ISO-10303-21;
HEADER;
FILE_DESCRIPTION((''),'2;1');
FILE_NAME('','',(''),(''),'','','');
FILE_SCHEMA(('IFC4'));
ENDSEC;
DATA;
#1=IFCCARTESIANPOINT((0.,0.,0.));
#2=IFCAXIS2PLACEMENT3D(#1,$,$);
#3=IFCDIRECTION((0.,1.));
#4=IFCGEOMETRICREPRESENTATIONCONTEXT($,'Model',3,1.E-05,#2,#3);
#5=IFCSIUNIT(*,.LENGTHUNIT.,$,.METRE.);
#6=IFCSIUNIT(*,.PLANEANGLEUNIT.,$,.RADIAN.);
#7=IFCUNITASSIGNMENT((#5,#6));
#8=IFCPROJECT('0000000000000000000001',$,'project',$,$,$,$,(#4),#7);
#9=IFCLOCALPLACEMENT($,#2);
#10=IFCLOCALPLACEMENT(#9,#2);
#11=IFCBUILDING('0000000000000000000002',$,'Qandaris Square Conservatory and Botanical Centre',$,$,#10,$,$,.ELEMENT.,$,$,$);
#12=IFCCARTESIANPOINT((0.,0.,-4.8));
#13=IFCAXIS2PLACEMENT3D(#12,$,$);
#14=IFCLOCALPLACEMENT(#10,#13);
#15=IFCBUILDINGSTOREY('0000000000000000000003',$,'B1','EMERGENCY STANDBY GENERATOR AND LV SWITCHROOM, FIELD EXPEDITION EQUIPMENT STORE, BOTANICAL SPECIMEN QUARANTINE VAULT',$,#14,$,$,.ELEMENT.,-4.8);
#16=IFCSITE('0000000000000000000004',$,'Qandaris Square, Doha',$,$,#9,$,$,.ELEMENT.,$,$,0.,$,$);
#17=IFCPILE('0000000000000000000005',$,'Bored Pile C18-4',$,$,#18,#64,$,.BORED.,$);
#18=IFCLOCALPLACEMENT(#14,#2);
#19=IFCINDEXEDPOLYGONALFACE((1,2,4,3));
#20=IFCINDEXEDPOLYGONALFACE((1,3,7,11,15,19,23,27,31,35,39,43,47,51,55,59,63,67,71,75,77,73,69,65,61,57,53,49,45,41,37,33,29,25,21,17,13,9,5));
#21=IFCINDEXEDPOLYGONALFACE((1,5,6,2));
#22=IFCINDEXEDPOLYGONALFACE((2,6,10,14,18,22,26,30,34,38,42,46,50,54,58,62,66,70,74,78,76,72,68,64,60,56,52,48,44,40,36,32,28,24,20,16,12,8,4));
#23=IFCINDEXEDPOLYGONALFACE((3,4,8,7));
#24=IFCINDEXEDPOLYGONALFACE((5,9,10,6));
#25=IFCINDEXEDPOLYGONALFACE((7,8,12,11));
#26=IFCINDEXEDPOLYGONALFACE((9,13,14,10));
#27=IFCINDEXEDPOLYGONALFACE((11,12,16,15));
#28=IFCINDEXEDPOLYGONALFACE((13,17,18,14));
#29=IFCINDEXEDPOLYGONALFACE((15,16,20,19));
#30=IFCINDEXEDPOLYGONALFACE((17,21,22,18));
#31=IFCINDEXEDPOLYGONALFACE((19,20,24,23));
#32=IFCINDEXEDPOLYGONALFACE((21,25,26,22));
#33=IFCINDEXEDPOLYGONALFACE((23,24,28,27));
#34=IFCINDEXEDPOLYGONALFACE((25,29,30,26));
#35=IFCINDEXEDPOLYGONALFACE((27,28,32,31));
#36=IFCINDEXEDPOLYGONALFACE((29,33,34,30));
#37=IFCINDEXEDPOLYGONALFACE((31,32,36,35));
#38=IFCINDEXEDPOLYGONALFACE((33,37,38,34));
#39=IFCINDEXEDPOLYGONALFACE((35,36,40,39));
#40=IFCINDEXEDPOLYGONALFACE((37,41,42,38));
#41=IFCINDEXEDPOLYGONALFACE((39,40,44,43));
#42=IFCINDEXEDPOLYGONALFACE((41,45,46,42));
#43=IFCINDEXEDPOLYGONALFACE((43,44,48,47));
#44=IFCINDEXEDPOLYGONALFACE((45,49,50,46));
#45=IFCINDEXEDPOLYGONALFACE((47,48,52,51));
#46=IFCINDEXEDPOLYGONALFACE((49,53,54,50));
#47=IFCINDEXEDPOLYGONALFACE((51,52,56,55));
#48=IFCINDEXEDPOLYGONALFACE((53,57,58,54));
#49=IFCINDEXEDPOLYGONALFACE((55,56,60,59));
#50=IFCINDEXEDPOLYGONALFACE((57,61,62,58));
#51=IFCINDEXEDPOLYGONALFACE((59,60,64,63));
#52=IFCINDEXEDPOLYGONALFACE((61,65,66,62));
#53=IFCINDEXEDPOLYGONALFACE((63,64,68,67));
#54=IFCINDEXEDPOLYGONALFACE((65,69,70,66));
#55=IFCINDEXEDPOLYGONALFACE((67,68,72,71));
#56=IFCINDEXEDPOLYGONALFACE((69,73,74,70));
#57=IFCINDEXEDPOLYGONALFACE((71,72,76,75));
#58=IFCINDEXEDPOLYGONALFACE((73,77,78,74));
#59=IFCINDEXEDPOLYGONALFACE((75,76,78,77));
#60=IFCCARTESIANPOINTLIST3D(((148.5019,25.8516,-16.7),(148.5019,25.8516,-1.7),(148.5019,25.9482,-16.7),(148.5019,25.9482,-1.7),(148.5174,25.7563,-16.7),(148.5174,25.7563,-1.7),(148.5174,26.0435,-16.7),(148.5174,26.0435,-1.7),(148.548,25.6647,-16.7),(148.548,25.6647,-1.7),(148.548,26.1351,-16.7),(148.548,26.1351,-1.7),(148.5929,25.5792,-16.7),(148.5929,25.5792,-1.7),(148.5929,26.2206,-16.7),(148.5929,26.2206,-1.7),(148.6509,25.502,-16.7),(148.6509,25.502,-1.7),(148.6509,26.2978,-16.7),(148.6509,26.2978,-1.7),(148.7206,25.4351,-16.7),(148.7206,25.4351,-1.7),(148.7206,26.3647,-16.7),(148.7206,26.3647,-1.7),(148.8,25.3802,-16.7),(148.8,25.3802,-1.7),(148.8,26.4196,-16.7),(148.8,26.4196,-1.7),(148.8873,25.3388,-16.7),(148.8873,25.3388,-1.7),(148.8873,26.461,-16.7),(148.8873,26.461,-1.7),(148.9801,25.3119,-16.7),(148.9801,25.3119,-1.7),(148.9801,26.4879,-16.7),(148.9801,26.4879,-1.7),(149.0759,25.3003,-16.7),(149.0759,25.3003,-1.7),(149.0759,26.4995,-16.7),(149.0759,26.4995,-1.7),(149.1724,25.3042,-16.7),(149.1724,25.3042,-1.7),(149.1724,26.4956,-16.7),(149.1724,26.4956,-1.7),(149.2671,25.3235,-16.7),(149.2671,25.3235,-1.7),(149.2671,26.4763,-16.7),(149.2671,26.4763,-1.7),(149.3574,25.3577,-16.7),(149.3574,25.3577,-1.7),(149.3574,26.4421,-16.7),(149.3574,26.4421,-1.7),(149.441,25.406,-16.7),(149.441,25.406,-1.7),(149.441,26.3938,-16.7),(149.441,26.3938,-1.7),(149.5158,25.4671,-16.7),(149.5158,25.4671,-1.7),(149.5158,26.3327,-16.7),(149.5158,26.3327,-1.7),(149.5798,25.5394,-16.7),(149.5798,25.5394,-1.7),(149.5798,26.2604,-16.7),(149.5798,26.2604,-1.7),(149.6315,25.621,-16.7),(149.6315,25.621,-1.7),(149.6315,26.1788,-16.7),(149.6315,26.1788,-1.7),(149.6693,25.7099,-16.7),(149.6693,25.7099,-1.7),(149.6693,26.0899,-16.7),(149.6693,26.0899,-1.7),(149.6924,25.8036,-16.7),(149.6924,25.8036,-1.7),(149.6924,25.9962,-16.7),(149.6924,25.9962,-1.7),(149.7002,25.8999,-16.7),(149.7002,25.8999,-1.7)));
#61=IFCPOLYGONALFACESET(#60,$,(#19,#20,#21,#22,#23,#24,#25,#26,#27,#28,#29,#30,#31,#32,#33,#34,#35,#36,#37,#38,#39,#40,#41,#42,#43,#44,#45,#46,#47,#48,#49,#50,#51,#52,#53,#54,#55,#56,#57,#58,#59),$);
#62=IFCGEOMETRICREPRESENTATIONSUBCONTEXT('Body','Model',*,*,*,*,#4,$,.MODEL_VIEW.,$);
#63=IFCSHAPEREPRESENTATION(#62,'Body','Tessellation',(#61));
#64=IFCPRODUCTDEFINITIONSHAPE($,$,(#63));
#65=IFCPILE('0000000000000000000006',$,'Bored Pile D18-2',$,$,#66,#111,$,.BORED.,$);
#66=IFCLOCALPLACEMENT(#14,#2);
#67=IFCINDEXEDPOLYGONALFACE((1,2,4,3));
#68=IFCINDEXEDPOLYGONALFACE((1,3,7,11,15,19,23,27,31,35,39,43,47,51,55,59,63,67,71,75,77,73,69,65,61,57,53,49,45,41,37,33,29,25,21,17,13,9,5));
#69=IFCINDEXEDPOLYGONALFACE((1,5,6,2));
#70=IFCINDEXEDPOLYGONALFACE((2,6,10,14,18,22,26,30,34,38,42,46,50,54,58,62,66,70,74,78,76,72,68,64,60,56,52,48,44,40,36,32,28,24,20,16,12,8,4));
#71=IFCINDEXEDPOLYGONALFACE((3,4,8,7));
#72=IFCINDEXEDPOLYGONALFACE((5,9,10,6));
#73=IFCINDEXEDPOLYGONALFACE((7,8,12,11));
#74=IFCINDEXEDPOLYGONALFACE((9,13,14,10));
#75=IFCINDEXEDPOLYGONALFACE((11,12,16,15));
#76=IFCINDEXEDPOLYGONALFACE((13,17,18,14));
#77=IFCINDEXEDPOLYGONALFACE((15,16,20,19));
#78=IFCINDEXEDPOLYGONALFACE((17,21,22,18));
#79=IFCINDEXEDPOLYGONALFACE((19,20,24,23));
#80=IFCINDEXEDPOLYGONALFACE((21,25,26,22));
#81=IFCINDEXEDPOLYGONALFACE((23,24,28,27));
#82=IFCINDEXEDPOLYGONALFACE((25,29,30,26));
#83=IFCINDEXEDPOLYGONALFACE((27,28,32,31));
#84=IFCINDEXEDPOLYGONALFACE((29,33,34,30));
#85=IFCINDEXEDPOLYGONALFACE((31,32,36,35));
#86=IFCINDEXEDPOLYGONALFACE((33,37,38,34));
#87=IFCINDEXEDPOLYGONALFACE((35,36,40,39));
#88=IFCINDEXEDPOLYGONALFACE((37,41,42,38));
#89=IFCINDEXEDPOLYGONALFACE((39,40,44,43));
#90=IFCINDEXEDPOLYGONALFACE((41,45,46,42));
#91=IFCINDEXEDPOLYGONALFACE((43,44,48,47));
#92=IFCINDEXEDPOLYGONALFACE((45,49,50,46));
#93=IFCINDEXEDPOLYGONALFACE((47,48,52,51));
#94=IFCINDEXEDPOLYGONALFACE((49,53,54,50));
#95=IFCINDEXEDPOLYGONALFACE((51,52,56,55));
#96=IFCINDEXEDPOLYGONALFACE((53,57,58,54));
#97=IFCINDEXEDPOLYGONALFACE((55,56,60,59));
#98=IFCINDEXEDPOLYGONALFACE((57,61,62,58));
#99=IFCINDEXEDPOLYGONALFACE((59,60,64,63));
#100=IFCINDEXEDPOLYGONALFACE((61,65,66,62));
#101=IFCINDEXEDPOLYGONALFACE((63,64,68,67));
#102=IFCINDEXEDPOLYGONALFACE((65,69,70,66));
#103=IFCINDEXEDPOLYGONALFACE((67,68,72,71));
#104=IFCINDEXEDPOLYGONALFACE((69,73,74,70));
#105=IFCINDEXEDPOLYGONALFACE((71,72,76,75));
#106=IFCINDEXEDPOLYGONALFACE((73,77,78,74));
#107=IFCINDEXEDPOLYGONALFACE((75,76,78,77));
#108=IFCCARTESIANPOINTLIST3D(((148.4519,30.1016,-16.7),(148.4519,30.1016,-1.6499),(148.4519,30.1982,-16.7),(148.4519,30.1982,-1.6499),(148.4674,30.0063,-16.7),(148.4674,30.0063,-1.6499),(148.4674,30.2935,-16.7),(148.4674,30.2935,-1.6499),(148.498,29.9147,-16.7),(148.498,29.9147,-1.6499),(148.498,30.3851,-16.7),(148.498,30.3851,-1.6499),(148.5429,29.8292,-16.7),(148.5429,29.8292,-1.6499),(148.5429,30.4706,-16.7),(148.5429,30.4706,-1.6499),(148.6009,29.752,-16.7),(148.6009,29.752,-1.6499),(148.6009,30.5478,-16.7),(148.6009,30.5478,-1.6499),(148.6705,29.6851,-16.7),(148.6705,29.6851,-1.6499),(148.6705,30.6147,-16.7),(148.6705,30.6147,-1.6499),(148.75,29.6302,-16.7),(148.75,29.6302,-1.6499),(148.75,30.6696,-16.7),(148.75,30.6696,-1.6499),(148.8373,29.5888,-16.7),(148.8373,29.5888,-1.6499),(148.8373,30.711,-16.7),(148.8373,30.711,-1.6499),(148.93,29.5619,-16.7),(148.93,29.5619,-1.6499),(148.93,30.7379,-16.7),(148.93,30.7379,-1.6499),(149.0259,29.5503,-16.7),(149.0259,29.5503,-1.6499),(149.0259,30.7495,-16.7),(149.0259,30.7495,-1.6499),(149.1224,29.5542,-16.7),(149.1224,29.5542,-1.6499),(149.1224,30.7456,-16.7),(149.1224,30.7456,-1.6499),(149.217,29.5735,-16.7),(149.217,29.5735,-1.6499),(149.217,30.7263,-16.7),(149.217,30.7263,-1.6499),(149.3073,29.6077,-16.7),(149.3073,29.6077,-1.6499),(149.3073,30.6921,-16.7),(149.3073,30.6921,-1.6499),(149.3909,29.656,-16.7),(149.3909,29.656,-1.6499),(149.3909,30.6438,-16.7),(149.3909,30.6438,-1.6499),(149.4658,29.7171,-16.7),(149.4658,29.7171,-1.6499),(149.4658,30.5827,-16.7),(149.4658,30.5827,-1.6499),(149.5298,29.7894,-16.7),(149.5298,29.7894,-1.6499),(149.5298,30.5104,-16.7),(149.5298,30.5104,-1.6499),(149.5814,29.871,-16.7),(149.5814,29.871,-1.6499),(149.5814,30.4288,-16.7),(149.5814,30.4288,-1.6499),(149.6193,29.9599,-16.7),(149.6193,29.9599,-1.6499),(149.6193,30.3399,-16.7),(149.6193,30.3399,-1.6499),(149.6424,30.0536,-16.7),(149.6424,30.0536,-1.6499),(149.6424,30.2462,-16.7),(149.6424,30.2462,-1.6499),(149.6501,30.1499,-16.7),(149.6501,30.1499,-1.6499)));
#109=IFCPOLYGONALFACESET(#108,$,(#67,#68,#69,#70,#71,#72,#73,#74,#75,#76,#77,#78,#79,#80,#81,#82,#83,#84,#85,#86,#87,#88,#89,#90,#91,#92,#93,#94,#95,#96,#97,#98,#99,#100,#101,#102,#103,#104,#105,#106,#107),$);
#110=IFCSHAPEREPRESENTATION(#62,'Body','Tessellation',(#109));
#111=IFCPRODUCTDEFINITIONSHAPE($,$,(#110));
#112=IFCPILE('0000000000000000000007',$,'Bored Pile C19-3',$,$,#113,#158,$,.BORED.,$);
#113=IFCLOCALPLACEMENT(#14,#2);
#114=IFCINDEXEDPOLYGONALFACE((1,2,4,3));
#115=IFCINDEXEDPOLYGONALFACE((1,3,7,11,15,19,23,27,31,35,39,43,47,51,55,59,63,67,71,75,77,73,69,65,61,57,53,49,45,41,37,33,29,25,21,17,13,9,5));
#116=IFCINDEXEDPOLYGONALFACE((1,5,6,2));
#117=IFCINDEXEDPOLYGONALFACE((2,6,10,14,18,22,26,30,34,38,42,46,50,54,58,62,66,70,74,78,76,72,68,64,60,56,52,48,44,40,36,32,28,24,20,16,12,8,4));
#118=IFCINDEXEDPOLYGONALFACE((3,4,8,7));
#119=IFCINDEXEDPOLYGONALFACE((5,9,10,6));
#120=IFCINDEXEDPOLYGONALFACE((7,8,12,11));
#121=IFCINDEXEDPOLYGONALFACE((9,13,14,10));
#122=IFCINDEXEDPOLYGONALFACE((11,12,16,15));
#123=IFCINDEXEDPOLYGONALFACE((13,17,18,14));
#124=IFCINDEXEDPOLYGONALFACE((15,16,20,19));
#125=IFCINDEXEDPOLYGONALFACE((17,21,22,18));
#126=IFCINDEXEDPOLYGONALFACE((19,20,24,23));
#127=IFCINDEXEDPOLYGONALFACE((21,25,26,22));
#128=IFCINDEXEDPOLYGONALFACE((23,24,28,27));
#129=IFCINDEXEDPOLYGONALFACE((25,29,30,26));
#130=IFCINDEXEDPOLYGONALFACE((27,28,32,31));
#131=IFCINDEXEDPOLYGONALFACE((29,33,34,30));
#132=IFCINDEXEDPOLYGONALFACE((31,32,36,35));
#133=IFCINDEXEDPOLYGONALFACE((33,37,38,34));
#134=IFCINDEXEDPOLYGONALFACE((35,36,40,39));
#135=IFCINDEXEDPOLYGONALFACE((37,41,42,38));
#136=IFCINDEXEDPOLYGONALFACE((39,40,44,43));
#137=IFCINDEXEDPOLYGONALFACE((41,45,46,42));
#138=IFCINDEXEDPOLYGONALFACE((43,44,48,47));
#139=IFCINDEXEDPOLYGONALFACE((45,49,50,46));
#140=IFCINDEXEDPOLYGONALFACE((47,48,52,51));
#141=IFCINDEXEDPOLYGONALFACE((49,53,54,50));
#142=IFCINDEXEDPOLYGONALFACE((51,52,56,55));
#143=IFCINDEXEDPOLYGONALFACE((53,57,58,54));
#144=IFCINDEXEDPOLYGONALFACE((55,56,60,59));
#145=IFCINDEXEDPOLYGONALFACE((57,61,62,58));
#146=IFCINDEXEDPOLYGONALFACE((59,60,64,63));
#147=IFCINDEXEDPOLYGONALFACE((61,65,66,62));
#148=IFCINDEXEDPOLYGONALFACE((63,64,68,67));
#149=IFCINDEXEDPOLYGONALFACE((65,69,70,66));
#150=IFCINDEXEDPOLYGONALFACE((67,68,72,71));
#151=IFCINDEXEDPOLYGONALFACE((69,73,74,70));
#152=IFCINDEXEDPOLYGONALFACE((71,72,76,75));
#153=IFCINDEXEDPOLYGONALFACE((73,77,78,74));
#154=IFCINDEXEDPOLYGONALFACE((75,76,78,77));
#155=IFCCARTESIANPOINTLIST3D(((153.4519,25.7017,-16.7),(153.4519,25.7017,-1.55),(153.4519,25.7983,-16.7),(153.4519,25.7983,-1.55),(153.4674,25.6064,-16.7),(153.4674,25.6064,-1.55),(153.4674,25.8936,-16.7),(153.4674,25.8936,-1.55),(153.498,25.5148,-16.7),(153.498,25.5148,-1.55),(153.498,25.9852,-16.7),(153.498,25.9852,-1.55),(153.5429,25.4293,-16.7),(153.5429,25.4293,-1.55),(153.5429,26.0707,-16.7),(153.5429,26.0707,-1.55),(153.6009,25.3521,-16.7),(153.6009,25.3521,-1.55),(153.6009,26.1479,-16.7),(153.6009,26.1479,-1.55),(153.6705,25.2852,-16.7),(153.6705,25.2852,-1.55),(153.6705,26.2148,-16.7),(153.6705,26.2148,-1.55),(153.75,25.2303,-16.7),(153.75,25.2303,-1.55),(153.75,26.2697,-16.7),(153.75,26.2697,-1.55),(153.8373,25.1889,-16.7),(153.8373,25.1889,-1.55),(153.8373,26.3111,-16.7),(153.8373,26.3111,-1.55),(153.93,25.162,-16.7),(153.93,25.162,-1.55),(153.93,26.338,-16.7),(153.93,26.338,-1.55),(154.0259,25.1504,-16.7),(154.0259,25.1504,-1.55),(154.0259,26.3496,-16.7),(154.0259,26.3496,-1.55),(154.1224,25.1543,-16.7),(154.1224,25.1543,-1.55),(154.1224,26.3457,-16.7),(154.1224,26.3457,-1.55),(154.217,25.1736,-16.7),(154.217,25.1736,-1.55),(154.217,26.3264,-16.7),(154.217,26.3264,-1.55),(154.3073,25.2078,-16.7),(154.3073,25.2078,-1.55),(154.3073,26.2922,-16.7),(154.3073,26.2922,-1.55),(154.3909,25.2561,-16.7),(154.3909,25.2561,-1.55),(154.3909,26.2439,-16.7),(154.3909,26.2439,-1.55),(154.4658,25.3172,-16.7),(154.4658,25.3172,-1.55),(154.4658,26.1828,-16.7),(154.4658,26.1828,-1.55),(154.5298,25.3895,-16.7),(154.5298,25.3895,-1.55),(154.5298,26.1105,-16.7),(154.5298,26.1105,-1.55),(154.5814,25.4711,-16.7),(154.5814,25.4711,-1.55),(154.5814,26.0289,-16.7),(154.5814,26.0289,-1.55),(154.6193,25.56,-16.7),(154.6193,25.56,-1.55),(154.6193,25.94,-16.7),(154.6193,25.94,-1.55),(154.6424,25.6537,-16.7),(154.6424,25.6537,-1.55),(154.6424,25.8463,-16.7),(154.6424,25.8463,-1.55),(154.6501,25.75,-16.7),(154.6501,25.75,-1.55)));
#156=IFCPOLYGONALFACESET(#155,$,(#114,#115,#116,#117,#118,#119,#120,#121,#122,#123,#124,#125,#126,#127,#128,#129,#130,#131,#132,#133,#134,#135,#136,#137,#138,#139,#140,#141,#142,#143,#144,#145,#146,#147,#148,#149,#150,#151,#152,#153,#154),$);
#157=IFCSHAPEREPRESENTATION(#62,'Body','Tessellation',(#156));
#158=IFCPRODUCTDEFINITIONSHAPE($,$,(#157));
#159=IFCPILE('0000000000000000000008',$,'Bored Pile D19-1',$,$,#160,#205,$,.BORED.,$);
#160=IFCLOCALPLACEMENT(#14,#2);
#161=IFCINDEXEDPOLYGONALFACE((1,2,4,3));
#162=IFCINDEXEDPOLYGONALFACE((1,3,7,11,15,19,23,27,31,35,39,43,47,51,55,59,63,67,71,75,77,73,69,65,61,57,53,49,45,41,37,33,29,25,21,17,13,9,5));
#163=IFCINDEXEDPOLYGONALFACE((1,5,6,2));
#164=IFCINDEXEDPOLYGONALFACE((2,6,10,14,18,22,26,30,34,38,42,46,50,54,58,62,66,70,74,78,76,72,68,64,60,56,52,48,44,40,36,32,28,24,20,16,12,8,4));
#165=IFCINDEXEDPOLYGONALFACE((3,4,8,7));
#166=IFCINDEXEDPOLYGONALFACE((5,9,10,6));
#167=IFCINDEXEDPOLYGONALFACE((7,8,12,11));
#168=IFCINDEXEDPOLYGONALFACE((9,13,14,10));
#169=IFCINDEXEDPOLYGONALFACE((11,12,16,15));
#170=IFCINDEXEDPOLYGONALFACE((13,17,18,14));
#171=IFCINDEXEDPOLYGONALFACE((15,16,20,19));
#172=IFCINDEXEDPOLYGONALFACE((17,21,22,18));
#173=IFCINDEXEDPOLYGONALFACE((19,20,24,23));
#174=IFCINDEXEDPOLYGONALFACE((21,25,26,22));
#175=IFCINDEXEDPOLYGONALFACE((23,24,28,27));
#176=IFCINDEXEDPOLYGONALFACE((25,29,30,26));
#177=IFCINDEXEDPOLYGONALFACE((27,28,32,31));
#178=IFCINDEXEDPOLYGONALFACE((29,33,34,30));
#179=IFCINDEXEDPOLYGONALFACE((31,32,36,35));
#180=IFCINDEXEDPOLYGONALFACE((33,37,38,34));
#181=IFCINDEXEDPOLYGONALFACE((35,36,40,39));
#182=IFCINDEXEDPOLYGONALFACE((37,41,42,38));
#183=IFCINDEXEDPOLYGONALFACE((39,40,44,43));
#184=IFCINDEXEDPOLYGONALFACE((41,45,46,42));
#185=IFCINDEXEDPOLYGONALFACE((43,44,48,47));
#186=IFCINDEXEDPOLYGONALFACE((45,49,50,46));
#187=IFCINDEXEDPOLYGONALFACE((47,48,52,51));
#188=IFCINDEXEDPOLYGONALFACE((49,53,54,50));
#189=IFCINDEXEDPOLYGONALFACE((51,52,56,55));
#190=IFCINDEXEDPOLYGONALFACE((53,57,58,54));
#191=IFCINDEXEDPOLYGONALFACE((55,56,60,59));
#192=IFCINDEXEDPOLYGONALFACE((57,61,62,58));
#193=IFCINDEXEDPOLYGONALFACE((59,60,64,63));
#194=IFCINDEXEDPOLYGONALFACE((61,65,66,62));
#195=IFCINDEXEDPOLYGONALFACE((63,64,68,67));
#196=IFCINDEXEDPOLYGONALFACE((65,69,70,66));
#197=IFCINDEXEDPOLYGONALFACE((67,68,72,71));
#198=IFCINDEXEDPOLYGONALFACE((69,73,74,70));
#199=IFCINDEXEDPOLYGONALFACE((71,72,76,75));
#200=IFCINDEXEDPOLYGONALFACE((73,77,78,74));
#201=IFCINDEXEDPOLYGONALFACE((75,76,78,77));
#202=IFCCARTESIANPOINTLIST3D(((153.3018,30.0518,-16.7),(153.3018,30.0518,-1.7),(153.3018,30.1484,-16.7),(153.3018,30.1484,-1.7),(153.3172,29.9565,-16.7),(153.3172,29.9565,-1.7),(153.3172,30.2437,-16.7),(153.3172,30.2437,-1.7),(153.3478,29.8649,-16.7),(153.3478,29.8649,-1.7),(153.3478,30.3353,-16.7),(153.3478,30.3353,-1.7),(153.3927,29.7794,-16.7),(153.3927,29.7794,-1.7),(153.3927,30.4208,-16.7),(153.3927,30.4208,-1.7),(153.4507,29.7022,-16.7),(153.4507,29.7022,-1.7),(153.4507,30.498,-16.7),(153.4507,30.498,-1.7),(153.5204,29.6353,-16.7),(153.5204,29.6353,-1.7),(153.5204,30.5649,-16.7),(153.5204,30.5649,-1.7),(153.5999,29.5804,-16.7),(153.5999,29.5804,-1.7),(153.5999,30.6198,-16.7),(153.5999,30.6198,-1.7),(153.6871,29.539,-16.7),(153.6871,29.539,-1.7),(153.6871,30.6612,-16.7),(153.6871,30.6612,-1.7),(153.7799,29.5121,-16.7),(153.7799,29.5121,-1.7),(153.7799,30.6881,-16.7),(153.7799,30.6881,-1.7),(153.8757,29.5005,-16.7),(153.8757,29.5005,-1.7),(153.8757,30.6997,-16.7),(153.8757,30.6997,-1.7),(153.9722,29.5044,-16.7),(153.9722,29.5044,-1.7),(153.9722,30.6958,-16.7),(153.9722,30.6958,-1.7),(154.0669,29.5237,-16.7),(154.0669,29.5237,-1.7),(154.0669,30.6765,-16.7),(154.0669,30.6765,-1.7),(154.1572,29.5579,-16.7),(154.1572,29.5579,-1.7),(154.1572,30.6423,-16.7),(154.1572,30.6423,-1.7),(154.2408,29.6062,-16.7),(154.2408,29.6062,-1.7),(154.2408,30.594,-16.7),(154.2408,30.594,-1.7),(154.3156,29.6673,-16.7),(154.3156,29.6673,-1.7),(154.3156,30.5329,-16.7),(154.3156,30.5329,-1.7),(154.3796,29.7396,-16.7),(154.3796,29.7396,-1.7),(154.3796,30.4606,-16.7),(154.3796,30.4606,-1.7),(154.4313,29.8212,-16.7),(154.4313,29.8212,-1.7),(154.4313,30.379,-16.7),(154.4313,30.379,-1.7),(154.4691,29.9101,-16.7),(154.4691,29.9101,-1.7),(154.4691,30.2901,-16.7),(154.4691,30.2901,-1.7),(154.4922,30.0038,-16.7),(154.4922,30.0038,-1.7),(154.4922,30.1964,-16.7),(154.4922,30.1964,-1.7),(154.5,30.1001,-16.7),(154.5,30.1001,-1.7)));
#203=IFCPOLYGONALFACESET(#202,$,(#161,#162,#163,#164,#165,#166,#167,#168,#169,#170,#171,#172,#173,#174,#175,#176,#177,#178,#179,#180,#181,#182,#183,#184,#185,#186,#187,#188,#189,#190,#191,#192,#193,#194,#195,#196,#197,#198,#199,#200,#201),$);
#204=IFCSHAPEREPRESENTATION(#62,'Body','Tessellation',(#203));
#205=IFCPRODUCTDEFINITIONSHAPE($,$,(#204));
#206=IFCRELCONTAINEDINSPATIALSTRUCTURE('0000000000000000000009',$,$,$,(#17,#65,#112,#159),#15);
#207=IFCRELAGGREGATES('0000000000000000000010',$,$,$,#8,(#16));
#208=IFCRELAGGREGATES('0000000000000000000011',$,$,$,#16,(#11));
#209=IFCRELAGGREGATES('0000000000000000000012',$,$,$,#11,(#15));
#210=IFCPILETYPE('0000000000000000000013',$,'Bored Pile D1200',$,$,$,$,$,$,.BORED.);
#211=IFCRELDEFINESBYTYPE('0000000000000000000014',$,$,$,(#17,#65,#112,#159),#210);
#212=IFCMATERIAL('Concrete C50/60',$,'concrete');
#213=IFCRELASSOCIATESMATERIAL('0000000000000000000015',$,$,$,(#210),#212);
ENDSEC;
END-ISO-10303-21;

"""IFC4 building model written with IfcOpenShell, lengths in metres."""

from ifc_helpers import new_model, si_unit, direction, frame, origin, origin_2d, place, context, subcontext, project, spatial, circle, extrude, material, material_profile, profile_set, type_object, element, save


model = new_model("IFC4")

# Units and contexts
model_context = context("Model", 3, precision=1e-05, world=origin(), true_north=direction((0.0, 1.0)))
body_context = subcontext(model_context, "Body", "Model", "MODEL_VIEW")
ifc_project = project(units=[si_unit("LENGTHUNIT", "METRE"), si_unit("PLANEANGLEUNIT", "RADIAN")], contexts=[model_context])

# Site, building, storey
site_placement = place(None, origin())
site = spatial("IfcSite", under=ifc_project, at=site_placement, Name="Qandaris Square, Doha", CompositionType="ELEMENT", RefElevation=0.0)
building_placement = place(site_placement, origin())
building = spatial("IfcBuilding", under=site, at=building_placement, Name="Qandaris Square Conservatory and Botanical Centre", CompositionType="ELEMENT")
storey_placement = place(building_placement, frame((0.0, 0.0, -4.8)))
storey = spatial("IfcBuildingStorey", under=building, at=storey_placement, Name="B1", Description="EMERGENCY STANDBY GENERATOR AND LV SWITCHROOM, FIELD EXPEDITION EQUIPMENT STORE, BOTANICAL SPECIMEN QUARANTINE VAULT", CompositionType="ELEMENT", Elevation=-4.8)

# Piles
ifc_material_1 = material(Name="Concrete C50/60", Category="concrete")
ifc_material_profile_1 = material_profile(ifc_material_1, circle(Radius=0.6001, at=origin_2d()), Name="PILE D1200")
ifc_profile_set_1 = profile_set([ifc_material_profile_1], Name="Concrete C50/60")
pile_type = type_object("IfcPileType", Name="Bored Pile D1200", PredefinedType="BORED", material=ifc_profile_set_1)
pile_1_placement = place(storey_placement, frame((149.1001, 25.8999, -1.7), z_axis=(0.0, 0.0, -1.0), x_axis=(1.0, 0.0, 0.0)))
element("IfcPile", 1, at=pile_1_placement, inside=storey, type_object=pile_type, Name="Bored Pile C18-4", PredefinedType="BORED", context=body_context, shape_type="SweptSolid", body=[
    extrude(circle(Radius=0.6001, at=origin_2d()), origin(), (0.0, 0.0, 1.0), 15.0),
])
pile_2_placement = place(storey_placement, frame((149.05, 30.1499, -1.6499), z_axis=(0.0, 0.0, -1.0), x_axis=(1.0, 0.0, 0.0)))
element("IfcPile", 2, at=pile_2_placement, inside=storey, type_object=pile_type, Name="Bored Pile D18-2", PredefinedType="BORED", context=body_context, shape_type="SweptSolid", body=[
    extrude(circle(Radius=0.6001, at=origin_2d()), origin(), (0.0, 0.0, 1.0), 15.05),
])
pile_3_placement = place(storey_placement, frame((154.05, 25.75, -1.55), z_axis=(0.0, 0.0, -1.0), x_axis=(1.0, 0.0, 0.0)))
element("IfcPile", 3, at=pile_3_placement, inside=storey, type_object=pile_type, Name="Bored Pile C19-3", PredefinedType="BORED", context=body_context, shape_type="SweptSolid", body=[
    extrude(circle(Radius=0.6001, at=origin_2d()), origin(), (0.0, 0.0, 1.0), 15.1499),
])
pile_4_placement = place(storey_placement, frame((153.8999, 30.1001, -1.7), z_axis=(0.0, 0.0, -1.0), x_axis=(1.0, 0.0, 0.0)))
element("IfcPile", 4, at=pile_4_placement, inside=storey, type_object=pile_type, Name="Bored Pile D19-1", PredefinedType="BORED", context=body_context, shape_type="SweptSolid", body=[
    extrude(circle(Radius=0.6001, at=origin_2d()), origin(), (0.0, 0.0, 1.0), 15.0),
])

save(model, "model.ifc")
